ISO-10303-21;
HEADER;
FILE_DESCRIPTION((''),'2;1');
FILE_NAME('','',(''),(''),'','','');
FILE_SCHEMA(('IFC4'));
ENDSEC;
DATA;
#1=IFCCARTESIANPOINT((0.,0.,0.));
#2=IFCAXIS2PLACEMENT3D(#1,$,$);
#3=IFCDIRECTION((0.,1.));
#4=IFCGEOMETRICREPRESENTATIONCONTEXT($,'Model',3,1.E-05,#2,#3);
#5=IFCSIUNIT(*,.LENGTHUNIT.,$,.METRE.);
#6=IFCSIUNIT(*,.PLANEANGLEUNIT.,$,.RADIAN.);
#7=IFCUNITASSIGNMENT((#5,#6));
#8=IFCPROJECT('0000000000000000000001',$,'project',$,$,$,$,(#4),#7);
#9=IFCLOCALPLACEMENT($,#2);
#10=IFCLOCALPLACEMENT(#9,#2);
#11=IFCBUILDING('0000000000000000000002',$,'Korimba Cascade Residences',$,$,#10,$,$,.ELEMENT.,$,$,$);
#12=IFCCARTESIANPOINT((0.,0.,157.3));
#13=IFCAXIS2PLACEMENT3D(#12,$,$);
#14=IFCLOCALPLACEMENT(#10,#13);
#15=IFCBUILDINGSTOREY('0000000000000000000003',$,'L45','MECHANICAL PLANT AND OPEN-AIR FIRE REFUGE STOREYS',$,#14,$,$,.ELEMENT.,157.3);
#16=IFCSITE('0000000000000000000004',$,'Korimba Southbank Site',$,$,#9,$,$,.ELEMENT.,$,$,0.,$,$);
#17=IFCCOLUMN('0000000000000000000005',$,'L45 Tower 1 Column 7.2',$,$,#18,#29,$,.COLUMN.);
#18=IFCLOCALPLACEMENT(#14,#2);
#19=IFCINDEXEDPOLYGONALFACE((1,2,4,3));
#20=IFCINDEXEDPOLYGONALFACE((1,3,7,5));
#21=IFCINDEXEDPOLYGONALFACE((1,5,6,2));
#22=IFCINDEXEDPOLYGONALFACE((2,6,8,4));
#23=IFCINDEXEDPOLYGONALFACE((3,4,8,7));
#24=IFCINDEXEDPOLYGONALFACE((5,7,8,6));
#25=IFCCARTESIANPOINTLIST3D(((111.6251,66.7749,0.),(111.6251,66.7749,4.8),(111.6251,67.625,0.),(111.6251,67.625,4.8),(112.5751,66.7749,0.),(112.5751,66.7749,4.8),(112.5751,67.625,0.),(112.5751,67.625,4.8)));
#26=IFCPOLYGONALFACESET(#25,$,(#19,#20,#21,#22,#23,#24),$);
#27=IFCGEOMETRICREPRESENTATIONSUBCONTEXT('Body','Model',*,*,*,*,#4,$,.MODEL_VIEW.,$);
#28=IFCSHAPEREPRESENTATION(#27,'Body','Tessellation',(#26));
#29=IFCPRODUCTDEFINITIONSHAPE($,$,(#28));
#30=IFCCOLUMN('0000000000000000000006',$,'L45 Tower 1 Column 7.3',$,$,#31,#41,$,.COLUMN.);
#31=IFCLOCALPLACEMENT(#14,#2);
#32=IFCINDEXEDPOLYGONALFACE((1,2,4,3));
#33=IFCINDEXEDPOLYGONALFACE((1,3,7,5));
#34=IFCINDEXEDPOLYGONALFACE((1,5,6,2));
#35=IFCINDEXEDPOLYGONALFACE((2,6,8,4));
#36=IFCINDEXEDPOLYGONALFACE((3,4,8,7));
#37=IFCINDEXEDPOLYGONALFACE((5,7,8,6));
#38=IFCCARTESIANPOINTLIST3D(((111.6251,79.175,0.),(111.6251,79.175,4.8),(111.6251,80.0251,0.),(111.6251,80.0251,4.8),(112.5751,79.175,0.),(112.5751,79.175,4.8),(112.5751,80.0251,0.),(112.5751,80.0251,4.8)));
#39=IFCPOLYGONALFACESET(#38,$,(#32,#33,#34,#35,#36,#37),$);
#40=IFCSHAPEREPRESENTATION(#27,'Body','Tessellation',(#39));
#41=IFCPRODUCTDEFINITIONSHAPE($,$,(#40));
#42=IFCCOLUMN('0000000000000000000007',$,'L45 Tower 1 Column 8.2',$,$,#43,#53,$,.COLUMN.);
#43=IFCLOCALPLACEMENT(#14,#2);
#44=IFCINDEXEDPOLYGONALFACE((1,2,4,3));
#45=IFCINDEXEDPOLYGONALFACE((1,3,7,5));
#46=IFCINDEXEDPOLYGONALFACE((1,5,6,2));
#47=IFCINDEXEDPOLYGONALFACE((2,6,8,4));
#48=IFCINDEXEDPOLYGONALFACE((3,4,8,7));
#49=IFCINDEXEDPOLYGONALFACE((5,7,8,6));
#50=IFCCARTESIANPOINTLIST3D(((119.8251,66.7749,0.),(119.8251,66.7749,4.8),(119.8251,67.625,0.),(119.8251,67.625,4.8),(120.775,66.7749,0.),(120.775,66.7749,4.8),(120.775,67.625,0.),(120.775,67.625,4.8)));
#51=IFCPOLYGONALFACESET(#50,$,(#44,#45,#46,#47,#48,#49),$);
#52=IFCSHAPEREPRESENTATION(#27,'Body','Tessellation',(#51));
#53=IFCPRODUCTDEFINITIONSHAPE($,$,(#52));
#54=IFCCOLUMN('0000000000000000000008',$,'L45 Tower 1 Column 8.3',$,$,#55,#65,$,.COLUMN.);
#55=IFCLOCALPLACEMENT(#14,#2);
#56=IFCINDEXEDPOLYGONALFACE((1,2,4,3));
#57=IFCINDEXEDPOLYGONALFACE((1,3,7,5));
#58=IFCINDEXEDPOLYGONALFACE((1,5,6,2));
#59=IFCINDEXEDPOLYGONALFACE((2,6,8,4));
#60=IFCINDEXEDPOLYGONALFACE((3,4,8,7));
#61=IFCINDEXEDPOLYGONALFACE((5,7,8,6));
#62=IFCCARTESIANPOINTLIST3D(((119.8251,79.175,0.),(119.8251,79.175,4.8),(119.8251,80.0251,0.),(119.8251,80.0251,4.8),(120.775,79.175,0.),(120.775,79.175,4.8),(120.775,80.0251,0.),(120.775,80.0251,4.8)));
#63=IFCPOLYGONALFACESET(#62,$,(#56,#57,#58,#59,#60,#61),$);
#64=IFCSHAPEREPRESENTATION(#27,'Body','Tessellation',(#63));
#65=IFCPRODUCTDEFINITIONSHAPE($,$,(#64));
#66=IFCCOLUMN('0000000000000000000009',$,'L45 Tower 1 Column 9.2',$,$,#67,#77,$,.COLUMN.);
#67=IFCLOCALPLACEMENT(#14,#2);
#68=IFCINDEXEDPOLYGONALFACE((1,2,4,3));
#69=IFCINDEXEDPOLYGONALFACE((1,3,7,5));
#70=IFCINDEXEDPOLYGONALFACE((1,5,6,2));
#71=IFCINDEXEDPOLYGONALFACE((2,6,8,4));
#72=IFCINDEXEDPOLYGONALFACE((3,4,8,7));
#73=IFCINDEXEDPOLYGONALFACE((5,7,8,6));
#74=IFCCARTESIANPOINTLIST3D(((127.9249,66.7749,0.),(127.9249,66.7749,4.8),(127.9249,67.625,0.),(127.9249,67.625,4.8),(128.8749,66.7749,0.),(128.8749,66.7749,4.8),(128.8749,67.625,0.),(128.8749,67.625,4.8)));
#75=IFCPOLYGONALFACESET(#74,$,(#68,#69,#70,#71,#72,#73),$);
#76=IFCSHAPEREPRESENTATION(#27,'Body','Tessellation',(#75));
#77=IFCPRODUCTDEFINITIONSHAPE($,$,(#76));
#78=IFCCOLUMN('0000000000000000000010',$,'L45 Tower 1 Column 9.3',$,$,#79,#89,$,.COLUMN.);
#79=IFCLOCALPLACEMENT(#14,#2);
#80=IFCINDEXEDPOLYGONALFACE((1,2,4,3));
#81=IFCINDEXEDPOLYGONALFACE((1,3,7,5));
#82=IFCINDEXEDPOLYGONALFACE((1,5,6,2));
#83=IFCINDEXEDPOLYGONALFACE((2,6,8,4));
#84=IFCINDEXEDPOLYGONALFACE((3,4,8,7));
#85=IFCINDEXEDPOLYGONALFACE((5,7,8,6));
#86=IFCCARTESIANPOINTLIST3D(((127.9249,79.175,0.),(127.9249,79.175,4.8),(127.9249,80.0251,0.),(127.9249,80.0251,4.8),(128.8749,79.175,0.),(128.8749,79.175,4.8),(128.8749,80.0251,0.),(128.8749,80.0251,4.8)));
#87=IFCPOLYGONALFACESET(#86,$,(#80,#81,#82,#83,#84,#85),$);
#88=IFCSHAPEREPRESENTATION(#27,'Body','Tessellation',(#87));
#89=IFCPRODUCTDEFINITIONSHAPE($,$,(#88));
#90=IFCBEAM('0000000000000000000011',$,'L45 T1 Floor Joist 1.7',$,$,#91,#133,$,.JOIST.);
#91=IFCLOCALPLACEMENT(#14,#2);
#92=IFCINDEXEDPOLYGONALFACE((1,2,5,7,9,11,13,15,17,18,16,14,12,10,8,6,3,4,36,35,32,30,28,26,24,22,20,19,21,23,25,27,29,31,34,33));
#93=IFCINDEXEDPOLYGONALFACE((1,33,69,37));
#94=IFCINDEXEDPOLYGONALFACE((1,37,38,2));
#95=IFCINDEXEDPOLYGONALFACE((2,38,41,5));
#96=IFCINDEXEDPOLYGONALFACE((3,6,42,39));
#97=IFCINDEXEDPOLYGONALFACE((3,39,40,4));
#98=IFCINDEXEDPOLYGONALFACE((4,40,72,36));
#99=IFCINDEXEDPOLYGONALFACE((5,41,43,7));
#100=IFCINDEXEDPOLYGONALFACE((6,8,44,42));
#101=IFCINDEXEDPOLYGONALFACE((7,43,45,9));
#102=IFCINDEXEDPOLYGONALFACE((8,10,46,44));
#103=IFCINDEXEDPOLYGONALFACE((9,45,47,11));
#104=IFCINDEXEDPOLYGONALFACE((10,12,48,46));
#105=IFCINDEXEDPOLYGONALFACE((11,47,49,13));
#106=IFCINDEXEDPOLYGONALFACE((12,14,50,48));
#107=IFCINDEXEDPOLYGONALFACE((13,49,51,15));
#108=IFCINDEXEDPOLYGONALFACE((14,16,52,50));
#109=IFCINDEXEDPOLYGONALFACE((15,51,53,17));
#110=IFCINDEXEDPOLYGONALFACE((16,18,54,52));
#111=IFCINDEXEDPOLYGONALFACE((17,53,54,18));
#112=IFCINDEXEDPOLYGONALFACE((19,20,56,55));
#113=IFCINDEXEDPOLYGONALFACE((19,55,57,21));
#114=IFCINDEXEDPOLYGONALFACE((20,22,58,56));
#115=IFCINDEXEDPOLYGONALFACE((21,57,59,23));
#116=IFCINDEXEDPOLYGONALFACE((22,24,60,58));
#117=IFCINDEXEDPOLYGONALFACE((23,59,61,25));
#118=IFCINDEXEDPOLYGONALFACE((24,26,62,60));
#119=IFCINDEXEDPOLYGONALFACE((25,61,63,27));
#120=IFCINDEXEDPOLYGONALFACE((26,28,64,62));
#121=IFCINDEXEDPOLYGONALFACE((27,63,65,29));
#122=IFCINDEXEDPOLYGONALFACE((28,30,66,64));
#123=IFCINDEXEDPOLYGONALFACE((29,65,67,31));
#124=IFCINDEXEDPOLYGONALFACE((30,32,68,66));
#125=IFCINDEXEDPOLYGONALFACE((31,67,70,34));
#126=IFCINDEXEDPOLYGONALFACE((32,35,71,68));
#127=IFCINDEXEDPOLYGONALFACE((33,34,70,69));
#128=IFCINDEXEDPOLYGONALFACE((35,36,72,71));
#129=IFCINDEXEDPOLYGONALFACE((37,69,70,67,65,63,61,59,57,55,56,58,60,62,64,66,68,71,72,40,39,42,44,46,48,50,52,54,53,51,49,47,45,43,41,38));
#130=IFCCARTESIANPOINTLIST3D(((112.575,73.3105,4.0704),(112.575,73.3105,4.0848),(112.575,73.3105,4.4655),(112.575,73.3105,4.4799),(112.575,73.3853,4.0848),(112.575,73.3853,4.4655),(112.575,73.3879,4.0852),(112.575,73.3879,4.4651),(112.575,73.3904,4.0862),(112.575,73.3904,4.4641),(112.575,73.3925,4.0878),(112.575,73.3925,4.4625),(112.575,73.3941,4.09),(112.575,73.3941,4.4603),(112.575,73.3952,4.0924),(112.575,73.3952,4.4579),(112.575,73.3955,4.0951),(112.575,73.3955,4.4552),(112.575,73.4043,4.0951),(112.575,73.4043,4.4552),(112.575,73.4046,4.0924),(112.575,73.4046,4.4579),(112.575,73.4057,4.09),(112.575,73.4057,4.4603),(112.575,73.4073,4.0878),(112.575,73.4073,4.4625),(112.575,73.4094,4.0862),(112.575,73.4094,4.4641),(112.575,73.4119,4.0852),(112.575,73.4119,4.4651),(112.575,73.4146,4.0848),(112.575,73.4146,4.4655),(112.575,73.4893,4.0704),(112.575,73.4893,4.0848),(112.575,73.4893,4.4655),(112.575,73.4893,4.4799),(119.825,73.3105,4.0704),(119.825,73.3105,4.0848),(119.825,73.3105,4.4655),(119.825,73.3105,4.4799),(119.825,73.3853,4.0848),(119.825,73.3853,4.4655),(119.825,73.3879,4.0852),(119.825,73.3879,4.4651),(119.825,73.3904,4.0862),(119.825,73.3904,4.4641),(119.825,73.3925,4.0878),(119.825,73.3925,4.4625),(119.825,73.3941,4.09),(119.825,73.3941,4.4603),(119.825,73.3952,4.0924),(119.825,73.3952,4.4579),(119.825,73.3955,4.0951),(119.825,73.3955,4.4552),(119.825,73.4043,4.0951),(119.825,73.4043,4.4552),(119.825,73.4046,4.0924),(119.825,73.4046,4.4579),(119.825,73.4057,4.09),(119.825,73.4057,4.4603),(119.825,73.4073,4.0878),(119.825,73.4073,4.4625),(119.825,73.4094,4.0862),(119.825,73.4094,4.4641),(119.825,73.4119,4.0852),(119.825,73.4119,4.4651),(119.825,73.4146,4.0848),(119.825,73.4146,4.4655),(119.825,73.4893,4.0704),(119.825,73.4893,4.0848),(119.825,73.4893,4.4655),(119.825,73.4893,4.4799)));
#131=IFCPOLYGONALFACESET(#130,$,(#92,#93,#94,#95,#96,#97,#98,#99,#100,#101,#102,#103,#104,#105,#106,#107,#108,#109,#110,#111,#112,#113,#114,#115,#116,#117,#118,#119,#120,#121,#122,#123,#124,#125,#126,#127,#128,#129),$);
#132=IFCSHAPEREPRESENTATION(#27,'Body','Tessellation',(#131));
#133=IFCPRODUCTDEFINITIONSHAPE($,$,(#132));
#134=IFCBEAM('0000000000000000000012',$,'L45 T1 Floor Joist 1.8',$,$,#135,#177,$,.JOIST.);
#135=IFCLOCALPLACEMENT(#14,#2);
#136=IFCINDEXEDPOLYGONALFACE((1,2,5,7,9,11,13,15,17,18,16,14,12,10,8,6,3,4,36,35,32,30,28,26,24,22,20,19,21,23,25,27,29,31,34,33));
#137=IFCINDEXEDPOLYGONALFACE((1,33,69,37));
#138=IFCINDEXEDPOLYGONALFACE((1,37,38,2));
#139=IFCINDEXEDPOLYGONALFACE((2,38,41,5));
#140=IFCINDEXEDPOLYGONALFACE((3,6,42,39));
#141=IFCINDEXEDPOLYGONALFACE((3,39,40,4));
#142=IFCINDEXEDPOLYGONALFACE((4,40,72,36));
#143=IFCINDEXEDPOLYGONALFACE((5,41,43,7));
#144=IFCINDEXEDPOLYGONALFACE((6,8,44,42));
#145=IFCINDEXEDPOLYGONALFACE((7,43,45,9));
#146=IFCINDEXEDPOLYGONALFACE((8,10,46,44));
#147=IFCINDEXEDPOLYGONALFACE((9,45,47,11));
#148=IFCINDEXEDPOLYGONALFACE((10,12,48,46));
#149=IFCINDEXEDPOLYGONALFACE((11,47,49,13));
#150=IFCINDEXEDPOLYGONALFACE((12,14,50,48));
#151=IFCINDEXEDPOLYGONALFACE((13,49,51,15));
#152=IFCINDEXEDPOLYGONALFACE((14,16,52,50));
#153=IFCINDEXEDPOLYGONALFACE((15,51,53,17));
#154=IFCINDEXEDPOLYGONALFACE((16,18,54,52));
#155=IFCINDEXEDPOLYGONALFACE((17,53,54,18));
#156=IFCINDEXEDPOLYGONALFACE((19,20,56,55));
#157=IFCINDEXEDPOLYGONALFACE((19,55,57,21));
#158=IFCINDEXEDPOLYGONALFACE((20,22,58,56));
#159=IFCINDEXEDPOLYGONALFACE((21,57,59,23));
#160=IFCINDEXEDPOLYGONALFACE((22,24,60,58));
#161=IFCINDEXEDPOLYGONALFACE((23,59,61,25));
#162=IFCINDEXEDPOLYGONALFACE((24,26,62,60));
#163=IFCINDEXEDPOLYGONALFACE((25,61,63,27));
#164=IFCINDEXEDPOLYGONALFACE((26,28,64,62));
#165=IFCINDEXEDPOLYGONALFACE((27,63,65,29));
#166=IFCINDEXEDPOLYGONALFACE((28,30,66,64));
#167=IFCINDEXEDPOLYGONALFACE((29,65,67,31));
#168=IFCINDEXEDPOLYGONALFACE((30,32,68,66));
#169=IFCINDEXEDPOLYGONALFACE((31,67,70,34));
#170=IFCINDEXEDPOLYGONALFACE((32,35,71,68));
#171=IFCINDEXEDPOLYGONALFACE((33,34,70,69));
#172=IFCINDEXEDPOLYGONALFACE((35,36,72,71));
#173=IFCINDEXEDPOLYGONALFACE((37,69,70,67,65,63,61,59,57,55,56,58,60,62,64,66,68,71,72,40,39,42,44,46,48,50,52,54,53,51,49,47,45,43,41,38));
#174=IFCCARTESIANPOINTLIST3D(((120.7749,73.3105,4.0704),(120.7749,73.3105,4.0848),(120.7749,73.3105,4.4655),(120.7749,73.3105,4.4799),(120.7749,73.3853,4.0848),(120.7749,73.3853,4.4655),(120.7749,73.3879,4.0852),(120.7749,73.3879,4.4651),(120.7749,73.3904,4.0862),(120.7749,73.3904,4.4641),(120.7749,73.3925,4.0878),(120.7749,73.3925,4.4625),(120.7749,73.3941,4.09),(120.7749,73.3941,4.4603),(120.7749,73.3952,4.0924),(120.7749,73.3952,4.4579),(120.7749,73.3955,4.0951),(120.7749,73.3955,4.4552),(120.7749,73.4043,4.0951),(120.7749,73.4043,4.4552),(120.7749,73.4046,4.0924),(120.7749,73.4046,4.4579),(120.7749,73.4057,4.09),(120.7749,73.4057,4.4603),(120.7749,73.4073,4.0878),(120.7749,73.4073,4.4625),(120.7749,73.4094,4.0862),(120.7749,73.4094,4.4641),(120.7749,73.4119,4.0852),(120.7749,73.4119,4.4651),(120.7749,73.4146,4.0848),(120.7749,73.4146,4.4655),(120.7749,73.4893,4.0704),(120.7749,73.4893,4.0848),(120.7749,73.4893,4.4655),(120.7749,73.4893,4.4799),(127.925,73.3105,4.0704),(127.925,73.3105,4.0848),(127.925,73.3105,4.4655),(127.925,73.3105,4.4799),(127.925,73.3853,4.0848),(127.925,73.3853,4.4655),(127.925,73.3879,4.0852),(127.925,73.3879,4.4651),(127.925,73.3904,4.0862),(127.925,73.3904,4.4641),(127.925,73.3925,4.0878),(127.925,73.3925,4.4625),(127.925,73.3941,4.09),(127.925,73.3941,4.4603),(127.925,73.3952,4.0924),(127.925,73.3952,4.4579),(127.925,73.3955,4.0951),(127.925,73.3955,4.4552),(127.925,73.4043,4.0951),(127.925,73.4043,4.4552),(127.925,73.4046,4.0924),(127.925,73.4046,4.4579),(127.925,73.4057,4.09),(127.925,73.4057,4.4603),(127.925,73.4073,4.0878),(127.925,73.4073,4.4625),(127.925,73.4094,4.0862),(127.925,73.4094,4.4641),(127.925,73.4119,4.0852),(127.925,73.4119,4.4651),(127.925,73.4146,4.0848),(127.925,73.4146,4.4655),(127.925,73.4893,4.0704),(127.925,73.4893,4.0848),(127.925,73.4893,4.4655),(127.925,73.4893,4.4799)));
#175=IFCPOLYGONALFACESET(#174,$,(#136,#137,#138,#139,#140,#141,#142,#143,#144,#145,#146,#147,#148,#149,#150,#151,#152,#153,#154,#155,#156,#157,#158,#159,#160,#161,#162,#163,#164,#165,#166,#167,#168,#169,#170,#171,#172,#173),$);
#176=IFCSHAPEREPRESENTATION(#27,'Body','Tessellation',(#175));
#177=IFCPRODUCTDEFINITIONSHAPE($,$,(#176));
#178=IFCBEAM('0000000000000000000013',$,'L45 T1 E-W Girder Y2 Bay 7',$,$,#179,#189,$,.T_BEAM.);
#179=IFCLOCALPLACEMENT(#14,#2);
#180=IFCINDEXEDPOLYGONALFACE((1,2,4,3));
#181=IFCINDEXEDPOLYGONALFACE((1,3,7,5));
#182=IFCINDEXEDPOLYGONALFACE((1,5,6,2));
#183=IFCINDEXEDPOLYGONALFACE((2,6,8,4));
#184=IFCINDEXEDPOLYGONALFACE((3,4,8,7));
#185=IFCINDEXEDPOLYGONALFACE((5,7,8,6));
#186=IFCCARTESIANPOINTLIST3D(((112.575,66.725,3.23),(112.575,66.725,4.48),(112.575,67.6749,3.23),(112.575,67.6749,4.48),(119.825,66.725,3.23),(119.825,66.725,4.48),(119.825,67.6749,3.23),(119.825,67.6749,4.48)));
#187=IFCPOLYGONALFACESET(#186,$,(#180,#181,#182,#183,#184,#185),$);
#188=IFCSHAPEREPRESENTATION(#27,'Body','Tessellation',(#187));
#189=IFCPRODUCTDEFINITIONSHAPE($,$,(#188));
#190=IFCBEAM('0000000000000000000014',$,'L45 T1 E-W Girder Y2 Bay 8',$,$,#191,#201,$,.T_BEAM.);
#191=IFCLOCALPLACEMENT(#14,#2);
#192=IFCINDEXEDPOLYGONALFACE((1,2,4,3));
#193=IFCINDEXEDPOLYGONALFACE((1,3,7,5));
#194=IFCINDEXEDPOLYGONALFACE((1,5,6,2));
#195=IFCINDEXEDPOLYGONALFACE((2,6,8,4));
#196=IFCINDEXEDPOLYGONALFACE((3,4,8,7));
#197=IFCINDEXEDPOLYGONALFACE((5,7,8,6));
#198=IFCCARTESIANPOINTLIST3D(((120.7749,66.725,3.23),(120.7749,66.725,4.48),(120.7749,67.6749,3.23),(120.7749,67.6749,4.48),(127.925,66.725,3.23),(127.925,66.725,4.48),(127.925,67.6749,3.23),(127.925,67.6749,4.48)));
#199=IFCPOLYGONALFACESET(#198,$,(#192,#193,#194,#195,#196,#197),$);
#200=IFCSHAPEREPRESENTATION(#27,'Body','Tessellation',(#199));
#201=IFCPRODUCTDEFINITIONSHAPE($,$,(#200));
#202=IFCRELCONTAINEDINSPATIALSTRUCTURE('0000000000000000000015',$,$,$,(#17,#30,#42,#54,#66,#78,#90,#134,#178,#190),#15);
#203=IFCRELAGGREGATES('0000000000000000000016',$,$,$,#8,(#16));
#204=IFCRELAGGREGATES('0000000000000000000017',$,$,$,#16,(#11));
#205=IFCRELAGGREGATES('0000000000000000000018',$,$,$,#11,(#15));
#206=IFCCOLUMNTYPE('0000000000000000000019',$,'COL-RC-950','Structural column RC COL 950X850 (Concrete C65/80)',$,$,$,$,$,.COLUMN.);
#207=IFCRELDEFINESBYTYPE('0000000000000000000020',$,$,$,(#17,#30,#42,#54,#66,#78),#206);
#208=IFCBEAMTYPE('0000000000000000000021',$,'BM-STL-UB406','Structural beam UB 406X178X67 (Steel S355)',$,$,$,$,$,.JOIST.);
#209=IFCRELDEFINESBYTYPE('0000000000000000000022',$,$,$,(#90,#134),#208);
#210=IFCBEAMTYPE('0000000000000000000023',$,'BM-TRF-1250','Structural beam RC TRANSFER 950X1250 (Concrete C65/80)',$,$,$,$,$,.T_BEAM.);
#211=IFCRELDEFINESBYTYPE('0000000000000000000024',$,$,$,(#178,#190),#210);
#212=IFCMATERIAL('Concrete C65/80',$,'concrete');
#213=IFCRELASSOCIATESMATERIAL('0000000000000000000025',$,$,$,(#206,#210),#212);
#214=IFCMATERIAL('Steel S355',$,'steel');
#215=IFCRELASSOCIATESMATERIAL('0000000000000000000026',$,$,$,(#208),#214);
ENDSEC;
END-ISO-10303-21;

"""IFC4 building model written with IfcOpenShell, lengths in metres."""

from ifc_helpers import new_model, si_unit, direction, frame, origin, origin_2d, place, context, subcontext, project, spatial, rectangle, i_section, extrude, material, material_profile, profile_set, type_object, element, save


model = new_model("IFC4")

# Units and contexts
model_context = context("Model", 3, precision=1e-05, world=origin(), true_north=direction((0.0, 1.0)))
body_context = subcontext(model_context, "Body", "Model", "MODEL_VIEW")
ifc_project = project(units=[si_unit("LENGTHUNIT", "METRE"), si_unit("PLANEANGLEUNIT", "RADIAN")], contexts=[model_context])

# Site, building, storey
site_placement = place(None, origin())
site = spatial("IfcSite", under=ifc_project, at=site_placement, Name="Korimba Southbank Site", CompositionType="ELEMENT", RefElevation=0.0)
building_placement = place(site_placement, origin())
building = spatial("IfcBuilding", under=site, at=building_placement, Name="Korimba Cascade Residences", CompositionType="ELEMENT")
storey_placement = place(building_placement, frame((0.0, 0.0, 157.3)))
storey = spatial("IfcBuildingStorey", under=building, at=storey_placement, Name="L45", Description="MECHANICAL PLANT AND OPEN-AIR FIRE REFUGE STOREYS", CompositionType="ELEMENT", Elevation=157.3)

# Columns
ifc_material_1 = material(Name="Concrete C65/80", Category="concrete")
ifc_material_profile_1 = material_profile(ifc_material_1, rectangle(XDim=0.95, YDim=0.8501, at=origin_2d()), Name="Concrete C65/80")
ifc_profile_set_1 = profile_set([ifc_material_profile_1], Name="Concrete C65/80")
column_type = type_object("IfcColumnType", Name="COL-RC-950", Description="Structural column RC COL 950X850 (Concrete C65/80)", PredefinedType="COLUMN", material=ifc_profile_set_1)
for number, where, z_axis, x_axis, name in (
    (1, (112.1001, 67.2, 0.0), (0.0, 0.0, 1.0), (1.0, 0.0, 0.0), "L45 Tower 1 Column 7.2"),
    (2, (112.1001, 79.6001, 0.0), (0.0, 0.0, 1.0), (1.0, 0.0, 0.0), "L45 Tower 1 Column 7.3"),
    (3, (120.3, 67.2, 0.0), (0.0, 0.0, 1.0), (1.0, 0.0, 0.0), "L45 Tower 1 Column 8.2"),
    (4, (120.3, 79.6001, 0.0), (0.0, 0.0, 1.0), (1.0, 0.0, 0.0), "L45 Tower 1 Column 8.3"),
    (5, (128.3999, 67.2, 0.0), (0.0, 0.0, 1.0), (1.0, 0.0, 0.0), "L45 Tower 1 Column 9.2"),
    (6, (128.3999, 79.6001, 0.0), (0.0, 0.0, 1.0), (1.0, 0.0, 0.0), "L45 Tower 1 Column 9.3"),
):
    element("IfcColumn", number, at=place(storey_placement, frame(where, z_axis=z_axis, x_axis=x_axis)), inside=storey, type_object=column_type, Name=name, PredefinedType="COLUMN", context=body_context, shape_type="SweptSolid", body=[
        extrude(rectangle(XDim=0.95, YDim=0.8501, at=origin_2d()), origin(), (0.0, 0.0, 1.0), 4.8),
    ])

# Beams
ifc_material_2 = material(Name="Steel S355", Category="steel")
ifc_material_profile_2 = material_profile(ifc_material_2, i_section(OverallWidth=0.1787, OverallDepth=0.4094, WebThickness=0.0088, FlangeThickness=0.0144, FilletRadius=0.0103, at=origin_2d()), Name="Steel S355")
ifc_profile_set_2 = profile_set([ifc_material_profile_2], Name="Steel S355")
beam_type_1 = type_object("IfcBeamType", Name="BM-STL-UB406", Description="Structural beam UB 406X178X67 (Steel S355)", PredefinedType="JOIST", material=ifc_profile_set_2)
beam_1_placement = place(storey_placement, frame((112.575, 73.3999, 4.2751), z_axis=(1.0, 0.0, 0.0), x_axis=(0.0, 1.0, 0.0)))
element("IfcBeam", 7, at=beam_1_placement, inside=storey, type_object=beam_type_1, Name="L45 T1 Floor Joist 1.7", PredefinedType="JOIST", context=body_context, shape_type="SweptSolid", body=[
    extrude(i_section(OverallWidth=0.1787, OverallDepth=0.4094, WebThickness=0.0088, FlangeThickness=0.0144, FilletRadius=0.0103, at=origin_2d()), origin(), (0.0, 0.0, 1.0), 7.25),
])
beam_2_placement = place(storey_placement, frame((120.7749, 73.3999, 4.2751), z_axis=(1.0, 0.0, 0.0), x_axis=(0.0, 1.0, 0.0)))
element("IfcBeam", 8, at=beam_2_placement, inside=storey, type_object=beam_type_1, Name="L45 T1 Floor Joist 1.8", PredefinedType="JOIST", context=body_context, shape_type="SweptSolid", body=[
    extrude(i_section(OverallWidth=0.1787, OverallDepth=0.4094, WebThickness=0.0088, FlangeThickness=0.0144, FilletRadius=0.0103, at=origin_2d()), origin(), (0.0, 0.0, 1.0), 7.1501),
])
ifc_material_profile_3 = material_profile(ifc_material_1, rectangle(XDim=0.95, YDim=1.25, at=origin_2d()), Name="Concrete C65/80")
ifc_profile_set_3 = profile_set([ifc_material_profile_3], Name="Concrete C65/80")
beam_type_2 = type_object("IfcBeamType", Name="BM-TRF-1250", Description="Structural beam RC TRANSFER 950X1250 (Concrete C65/80)", PredefinedType="T_BEAM", material=ifc_profile_set_3)
beam_3_placement = place(storey_placement, frame((112.575, 67.2, 3.855), z_axis=(1.0, 0.0, 0.0), x_axis=(0.0, 1.0, 0.0)))
element("IfcBeam", 9, at=beam_3_placement, inside=storey, type_object=beam_type_2, Name="L45 T1 E-W Girder Y2 Bay 7", PredefinedType="T_BEAM", context=body_context, shape_type="SweptSolid", body=[
    extrude(rectangle(XDim=0.95, YDim=1.25, at=origin_2d()), origin(), (0.0, 0.0, 1.0), 7.25),
])
beam_4_placement = place(storey_placement, frame((120.7749, 67.2, 3.855), z_axis=(1.0, 0.0, 0.0), x_axis=(0.0, 1.0, 0.0)))
element("IfcBeam", 10, at=beam_4_placement, inside=storey, type_object=beam_type_2, Name="L45 T1 E-W Girder Y2 Bay 8", PredefinedType="T_BEAM", context=body_context, shape_type="SweptSolid", body=[
    extrude(rectangle(XDim=0.95, YDim=1.25, at=origin_2d()), origin(), (0.0, 0.0, 1.0), 7.1501),
])

save(model, "model.ifc")
